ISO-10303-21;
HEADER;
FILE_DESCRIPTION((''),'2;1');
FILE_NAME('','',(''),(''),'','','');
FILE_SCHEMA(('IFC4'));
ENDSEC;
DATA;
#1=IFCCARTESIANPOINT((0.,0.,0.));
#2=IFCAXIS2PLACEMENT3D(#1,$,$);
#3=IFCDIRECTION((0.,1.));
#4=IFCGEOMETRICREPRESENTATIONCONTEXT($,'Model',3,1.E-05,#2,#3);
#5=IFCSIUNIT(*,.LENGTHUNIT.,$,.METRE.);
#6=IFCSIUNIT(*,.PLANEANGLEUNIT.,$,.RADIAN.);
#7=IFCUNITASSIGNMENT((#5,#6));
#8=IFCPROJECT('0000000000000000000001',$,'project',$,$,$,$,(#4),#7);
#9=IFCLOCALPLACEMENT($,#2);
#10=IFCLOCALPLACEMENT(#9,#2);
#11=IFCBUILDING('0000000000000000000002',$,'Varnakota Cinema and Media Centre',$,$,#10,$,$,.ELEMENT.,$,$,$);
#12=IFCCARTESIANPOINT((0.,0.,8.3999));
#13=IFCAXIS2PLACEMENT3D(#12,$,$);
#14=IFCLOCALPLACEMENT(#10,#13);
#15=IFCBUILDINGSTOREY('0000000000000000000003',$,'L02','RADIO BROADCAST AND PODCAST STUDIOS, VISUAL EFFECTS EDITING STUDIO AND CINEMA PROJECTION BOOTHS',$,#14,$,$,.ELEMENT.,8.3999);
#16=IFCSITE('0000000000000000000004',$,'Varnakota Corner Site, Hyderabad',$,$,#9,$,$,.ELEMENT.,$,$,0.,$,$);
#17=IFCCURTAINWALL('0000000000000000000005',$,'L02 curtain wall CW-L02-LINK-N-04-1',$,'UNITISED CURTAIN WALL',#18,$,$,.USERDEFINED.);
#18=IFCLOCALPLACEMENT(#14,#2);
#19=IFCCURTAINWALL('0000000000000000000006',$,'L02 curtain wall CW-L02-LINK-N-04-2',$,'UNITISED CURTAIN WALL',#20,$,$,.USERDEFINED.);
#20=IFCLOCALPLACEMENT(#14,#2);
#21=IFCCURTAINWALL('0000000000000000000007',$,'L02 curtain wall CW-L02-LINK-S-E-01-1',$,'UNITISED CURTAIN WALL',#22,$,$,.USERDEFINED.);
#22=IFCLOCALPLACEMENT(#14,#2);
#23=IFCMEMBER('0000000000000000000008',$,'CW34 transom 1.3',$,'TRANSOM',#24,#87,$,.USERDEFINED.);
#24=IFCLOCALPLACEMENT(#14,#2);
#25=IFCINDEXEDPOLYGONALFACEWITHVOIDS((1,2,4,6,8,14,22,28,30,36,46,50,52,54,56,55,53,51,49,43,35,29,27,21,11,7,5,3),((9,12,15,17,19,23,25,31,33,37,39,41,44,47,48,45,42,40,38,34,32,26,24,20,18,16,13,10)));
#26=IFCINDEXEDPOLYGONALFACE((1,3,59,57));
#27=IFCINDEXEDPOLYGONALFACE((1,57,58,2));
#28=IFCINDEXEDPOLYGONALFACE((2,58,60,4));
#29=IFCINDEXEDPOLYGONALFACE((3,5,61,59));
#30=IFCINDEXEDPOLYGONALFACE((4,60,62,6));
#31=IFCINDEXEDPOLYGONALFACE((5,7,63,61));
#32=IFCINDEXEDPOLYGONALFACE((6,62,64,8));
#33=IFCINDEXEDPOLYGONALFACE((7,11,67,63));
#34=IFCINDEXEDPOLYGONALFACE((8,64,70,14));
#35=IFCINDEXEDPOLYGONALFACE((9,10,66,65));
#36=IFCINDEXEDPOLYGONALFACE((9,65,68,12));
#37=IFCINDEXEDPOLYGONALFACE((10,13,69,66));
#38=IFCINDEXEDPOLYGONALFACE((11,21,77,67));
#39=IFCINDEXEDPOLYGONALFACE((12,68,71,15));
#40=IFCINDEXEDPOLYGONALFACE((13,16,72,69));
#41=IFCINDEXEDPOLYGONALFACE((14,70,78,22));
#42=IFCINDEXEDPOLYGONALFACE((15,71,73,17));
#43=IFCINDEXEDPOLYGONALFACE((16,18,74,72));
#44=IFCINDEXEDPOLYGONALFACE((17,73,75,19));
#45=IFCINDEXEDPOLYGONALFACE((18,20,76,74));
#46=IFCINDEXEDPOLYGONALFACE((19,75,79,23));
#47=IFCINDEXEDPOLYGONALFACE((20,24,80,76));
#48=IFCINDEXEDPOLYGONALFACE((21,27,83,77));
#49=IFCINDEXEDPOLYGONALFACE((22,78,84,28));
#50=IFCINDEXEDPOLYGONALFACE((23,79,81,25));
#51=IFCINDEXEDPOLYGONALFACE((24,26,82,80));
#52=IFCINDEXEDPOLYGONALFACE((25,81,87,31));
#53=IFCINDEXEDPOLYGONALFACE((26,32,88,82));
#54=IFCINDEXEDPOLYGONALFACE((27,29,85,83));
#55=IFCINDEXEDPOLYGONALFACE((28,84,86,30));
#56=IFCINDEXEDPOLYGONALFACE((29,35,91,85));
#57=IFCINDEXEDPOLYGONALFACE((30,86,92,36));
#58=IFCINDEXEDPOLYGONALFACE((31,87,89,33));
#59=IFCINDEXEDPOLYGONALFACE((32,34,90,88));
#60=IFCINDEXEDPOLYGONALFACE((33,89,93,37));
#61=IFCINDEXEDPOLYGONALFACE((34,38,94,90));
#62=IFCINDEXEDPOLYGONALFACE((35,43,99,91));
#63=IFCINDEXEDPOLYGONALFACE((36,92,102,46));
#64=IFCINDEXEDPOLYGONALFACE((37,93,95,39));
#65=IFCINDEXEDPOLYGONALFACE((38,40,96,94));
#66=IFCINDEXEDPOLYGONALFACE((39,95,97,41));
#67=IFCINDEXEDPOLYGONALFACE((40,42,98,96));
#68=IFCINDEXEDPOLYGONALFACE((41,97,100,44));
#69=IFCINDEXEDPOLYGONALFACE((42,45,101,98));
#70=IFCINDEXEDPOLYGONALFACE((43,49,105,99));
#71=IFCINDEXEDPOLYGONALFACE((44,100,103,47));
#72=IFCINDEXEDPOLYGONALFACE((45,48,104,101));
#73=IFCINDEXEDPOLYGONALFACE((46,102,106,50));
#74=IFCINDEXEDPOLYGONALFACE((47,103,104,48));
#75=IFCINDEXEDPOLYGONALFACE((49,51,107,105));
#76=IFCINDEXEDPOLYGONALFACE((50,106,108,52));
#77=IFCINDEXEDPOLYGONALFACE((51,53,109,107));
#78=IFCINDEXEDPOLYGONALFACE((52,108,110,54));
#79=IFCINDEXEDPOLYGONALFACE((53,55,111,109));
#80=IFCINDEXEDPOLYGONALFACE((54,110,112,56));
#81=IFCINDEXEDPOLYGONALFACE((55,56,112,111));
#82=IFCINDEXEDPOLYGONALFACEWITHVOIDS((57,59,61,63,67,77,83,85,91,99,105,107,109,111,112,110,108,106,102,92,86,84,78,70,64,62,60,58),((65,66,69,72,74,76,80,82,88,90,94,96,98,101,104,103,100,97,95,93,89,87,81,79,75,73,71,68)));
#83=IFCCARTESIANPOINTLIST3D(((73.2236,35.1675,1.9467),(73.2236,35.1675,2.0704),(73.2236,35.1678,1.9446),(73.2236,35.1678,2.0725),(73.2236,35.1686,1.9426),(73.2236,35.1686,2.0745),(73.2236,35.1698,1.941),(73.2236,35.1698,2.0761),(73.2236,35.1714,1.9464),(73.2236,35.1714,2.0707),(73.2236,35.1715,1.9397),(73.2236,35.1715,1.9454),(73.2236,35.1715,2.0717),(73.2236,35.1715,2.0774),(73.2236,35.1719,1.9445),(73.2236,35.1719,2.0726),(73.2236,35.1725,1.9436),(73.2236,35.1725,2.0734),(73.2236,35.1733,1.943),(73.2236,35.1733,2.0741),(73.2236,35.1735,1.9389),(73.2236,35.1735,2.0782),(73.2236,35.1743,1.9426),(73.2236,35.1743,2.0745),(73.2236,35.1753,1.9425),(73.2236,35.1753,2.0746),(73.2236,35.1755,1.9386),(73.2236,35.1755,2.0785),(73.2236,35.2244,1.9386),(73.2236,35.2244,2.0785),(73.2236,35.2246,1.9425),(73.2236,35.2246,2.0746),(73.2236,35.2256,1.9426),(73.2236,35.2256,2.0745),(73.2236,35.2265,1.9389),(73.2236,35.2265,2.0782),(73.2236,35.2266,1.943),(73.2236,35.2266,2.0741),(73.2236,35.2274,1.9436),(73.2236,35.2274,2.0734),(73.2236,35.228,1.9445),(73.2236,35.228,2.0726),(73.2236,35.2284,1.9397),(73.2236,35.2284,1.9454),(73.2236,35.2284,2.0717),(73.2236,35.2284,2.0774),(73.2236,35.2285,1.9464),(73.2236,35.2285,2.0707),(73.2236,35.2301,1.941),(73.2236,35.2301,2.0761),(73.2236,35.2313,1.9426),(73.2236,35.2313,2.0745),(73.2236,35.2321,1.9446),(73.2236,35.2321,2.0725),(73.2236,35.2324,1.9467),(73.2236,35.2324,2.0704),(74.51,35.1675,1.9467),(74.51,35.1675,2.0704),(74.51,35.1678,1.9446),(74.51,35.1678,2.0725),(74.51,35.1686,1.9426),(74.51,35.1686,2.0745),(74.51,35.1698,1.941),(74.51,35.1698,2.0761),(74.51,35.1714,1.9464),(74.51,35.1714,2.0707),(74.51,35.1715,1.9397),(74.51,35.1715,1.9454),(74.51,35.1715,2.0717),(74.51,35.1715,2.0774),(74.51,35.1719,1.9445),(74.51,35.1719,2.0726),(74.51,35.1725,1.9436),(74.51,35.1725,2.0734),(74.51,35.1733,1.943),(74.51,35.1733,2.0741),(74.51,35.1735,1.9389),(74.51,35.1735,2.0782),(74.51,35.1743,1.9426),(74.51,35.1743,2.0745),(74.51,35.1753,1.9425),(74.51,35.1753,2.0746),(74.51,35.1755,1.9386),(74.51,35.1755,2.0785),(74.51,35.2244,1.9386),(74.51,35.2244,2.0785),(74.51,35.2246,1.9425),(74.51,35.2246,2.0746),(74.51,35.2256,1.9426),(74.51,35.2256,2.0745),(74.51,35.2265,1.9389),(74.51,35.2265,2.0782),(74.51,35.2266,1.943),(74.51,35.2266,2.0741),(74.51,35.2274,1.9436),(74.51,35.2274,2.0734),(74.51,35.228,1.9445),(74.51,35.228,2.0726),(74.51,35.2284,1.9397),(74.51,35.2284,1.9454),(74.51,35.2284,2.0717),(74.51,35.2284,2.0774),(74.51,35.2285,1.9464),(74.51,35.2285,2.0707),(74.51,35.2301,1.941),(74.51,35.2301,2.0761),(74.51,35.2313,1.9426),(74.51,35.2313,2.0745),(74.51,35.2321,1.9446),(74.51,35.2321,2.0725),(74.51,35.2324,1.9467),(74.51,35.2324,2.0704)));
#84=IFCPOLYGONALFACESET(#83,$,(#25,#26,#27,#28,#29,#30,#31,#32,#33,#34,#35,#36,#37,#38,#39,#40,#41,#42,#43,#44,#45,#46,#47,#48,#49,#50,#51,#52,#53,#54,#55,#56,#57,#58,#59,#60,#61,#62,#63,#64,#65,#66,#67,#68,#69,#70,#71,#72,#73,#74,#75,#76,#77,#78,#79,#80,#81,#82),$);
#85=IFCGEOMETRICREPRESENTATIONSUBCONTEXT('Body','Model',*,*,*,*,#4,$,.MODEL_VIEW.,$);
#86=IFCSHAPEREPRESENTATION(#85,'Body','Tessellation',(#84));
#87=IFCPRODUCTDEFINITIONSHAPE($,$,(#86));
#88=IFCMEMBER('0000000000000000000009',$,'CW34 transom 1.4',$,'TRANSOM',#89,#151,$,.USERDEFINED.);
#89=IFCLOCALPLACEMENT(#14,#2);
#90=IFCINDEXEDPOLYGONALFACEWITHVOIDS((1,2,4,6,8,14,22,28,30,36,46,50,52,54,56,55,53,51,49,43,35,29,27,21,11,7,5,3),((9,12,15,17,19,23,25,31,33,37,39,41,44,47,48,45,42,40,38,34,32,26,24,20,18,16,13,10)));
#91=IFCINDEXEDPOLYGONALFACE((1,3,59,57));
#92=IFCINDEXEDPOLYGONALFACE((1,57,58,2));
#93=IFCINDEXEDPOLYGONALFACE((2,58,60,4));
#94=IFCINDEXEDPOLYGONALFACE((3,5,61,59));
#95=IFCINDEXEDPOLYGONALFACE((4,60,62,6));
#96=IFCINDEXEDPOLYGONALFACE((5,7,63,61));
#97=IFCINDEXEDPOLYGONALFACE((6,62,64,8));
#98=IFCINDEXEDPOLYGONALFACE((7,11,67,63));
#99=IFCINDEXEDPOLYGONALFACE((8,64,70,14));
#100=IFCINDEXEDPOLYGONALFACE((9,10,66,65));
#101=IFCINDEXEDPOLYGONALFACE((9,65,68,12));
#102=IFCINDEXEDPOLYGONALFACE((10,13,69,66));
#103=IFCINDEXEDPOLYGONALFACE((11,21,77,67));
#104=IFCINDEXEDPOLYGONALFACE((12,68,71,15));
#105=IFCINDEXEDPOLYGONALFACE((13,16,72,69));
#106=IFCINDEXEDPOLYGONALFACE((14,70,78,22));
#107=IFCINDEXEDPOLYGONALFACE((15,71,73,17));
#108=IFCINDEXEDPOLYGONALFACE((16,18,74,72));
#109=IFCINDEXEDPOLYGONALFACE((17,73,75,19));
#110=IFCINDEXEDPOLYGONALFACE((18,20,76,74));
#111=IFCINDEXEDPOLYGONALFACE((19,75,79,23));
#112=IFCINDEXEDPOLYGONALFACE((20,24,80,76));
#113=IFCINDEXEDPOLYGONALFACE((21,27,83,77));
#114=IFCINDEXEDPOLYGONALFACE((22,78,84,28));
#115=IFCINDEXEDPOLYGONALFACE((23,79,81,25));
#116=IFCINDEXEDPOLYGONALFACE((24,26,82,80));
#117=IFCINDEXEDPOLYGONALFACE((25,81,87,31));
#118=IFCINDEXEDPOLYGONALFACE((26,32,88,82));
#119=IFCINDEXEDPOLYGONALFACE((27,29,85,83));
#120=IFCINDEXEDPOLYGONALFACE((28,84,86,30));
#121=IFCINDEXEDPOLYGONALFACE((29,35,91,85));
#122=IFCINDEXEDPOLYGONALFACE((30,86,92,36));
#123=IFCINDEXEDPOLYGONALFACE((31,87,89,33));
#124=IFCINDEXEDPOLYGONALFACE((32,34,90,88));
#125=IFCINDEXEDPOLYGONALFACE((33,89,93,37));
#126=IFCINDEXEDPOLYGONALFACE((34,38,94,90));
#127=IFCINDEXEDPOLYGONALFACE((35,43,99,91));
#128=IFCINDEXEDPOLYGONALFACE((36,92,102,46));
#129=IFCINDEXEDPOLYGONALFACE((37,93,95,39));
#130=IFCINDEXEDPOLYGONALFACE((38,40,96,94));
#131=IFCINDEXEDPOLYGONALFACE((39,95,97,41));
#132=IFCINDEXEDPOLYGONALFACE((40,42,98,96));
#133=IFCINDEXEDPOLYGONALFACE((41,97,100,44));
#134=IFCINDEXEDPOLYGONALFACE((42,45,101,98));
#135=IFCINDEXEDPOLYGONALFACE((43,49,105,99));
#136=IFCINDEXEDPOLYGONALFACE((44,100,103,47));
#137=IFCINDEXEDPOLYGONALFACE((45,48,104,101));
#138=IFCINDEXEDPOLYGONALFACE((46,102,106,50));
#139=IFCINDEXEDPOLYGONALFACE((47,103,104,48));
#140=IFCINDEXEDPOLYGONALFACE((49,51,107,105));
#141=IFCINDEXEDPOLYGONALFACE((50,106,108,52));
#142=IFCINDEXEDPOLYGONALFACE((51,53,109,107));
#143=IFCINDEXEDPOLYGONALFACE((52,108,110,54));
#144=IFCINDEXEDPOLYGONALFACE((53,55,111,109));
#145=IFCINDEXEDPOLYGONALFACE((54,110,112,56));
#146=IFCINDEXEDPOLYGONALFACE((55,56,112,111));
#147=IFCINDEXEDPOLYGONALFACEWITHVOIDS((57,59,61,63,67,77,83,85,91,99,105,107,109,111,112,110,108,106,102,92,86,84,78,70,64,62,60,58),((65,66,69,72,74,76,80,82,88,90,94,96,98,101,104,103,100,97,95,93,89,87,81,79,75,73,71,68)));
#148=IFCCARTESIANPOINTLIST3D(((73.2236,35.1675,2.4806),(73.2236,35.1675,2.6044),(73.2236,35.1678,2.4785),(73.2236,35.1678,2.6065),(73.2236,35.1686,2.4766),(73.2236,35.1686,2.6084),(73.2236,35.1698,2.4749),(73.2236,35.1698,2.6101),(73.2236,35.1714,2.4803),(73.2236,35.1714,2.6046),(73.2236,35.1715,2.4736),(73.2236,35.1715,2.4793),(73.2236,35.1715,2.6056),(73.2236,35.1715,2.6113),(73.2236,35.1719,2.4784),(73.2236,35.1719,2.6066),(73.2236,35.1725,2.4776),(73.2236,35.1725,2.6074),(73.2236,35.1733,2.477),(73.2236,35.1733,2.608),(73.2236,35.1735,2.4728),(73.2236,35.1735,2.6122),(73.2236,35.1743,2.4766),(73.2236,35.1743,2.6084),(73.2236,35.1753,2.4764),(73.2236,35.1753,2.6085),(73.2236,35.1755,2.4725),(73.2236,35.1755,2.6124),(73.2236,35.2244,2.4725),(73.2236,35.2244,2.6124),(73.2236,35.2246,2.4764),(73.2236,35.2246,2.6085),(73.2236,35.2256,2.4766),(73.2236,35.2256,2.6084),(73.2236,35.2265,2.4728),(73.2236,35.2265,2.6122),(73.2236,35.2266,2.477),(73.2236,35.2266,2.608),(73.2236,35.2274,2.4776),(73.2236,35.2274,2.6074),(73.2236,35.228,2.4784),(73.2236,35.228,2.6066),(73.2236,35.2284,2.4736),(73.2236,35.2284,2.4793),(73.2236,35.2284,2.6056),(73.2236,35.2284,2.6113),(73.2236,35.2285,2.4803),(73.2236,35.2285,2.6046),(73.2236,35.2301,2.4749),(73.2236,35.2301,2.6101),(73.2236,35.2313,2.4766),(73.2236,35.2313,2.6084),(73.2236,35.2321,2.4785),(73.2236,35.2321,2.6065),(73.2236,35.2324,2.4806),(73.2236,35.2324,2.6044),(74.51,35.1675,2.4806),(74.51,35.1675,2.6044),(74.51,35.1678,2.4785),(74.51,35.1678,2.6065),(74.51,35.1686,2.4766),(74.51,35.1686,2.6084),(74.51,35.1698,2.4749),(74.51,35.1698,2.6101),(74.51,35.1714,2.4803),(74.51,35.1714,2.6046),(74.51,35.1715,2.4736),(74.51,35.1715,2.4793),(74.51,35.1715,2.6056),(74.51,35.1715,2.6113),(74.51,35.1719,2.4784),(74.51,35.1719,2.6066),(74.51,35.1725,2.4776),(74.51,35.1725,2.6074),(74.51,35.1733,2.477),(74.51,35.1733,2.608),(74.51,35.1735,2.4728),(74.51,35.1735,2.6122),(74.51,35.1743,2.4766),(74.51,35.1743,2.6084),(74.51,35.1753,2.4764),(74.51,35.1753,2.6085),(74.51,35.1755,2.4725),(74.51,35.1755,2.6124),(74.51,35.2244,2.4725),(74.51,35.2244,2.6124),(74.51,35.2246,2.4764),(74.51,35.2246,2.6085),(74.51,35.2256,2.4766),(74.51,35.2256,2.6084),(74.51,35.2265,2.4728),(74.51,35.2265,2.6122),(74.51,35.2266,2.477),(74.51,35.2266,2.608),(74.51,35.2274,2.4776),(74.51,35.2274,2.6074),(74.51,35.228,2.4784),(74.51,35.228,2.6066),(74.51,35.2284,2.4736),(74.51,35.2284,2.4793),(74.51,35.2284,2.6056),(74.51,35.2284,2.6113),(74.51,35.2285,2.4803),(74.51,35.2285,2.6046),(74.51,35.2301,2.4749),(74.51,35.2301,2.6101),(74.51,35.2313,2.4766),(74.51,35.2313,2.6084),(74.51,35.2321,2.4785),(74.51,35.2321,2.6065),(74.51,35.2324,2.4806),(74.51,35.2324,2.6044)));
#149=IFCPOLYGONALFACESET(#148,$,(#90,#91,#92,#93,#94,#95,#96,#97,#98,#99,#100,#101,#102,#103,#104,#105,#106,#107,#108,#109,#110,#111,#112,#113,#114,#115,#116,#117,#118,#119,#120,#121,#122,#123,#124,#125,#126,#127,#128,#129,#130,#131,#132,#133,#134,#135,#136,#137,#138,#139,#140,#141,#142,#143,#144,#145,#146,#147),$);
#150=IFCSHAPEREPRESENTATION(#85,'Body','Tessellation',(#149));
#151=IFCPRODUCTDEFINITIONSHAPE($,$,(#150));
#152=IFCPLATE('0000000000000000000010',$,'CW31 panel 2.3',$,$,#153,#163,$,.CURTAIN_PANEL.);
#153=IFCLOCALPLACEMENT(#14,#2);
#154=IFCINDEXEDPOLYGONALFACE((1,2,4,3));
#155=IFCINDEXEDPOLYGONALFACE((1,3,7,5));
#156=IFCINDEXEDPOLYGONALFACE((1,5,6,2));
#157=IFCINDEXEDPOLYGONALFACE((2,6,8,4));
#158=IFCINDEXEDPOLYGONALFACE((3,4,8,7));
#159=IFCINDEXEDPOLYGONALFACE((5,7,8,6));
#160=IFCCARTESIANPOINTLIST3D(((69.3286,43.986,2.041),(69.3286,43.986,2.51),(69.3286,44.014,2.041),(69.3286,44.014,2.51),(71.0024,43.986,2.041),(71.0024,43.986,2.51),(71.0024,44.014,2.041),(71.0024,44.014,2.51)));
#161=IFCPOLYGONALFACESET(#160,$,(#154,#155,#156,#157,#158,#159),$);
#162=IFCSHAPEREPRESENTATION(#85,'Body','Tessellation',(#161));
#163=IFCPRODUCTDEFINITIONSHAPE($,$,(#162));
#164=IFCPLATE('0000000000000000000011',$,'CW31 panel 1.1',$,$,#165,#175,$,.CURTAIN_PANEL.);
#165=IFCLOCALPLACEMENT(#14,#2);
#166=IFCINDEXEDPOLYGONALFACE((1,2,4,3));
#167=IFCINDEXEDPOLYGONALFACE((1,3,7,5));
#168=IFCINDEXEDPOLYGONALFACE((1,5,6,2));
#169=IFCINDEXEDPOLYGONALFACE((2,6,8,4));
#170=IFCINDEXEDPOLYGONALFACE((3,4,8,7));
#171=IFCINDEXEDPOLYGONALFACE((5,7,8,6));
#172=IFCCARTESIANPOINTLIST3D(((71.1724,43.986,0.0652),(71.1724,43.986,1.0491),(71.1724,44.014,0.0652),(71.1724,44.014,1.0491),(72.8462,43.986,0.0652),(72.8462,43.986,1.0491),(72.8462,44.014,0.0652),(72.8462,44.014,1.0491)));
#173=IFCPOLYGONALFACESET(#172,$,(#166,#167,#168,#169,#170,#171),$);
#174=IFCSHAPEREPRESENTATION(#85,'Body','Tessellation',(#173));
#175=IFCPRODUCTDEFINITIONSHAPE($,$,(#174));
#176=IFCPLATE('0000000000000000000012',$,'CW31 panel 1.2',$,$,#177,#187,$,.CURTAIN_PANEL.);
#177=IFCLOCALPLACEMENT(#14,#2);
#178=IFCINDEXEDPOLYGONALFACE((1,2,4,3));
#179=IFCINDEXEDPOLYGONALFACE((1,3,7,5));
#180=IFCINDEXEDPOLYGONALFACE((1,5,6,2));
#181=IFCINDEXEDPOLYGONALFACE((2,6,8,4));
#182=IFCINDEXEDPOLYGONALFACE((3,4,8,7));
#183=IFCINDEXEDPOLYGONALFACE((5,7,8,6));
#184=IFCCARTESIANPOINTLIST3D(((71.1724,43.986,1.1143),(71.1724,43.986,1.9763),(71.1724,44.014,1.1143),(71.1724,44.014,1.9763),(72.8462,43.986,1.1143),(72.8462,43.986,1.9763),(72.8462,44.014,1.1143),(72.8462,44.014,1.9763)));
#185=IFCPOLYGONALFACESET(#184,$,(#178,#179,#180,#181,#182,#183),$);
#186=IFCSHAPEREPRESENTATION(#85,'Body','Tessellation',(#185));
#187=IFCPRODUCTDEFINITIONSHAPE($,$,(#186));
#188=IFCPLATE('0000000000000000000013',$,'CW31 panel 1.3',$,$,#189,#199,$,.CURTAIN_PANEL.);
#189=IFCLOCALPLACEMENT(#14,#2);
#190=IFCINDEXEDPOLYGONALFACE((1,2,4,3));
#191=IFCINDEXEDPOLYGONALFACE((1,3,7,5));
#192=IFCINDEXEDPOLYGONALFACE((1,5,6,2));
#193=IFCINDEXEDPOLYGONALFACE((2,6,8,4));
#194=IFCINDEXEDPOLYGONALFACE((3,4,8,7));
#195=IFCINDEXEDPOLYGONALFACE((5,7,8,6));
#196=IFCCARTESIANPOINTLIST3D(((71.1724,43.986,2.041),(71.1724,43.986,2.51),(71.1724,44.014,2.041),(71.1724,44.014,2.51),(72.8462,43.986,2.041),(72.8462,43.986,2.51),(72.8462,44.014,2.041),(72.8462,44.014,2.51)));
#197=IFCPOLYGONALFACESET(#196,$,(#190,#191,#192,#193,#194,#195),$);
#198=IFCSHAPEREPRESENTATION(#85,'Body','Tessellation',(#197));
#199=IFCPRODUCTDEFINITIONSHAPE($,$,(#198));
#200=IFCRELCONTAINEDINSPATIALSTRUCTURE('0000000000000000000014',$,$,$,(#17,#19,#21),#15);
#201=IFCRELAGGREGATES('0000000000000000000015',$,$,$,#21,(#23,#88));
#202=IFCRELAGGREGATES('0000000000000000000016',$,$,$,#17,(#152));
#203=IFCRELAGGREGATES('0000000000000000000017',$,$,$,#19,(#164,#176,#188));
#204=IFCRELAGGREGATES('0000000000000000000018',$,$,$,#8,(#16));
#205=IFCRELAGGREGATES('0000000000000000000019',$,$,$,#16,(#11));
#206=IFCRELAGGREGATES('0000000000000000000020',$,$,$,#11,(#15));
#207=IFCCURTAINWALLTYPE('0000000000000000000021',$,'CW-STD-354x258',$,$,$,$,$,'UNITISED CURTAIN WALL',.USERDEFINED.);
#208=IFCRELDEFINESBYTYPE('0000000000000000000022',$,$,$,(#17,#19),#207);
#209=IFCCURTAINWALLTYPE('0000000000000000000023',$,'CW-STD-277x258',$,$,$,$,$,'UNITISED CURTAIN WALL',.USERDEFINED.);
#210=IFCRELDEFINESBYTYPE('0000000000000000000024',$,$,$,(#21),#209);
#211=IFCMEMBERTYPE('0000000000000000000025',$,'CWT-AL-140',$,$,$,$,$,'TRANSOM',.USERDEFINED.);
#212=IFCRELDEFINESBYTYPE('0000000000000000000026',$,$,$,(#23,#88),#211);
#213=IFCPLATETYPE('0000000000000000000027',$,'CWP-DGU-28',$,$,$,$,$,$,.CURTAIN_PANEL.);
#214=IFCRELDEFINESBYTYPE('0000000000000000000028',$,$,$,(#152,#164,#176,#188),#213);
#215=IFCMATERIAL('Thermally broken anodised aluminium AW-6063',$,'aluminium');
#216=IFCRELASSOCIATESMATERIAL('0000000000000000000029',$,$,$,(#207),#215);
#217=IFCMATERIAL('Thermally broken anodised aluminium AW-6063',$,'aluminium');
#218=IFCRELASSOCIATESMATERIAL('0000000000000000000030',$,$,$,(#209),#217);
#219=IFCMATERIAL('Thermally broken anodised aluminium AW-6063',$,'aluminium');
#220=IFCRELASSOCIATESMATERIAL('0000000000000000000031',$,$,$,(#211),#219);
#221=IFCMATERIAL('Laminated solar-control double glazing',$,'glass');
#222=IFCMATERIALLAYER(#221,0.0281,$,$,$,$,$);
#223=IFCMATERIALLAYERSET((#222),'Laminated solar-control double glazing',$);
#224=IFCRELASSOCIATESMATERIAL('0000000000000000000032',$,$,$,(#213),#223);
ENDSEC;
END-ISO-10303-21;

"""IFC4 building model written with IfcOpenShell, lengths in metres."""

from ifc_helpers import new_model, si_unit, direction, frame, origin, origin_2d, place, context, subcontext, project, spatial, rectangle, hollow_rectangle, extrude, material, layer, layer_set, material_profile, profile_set, type_object, element, aggregate, save


model = new_model("IFC4")

# Units and contexts
model_context = context("Model", 3, precision=1e-05, world=origin(), true_north=direction((0.0, 1.0)))
body_context = subcontext(model_context, "Body", "Model", "MODEL_VIEW")
ifc_project = project(units=[si_unit("LENGTHUNIT", "METRE"), si_unit("PLANEANGLEUNIT", "RADIAN")], contexts=[model_context])

# Site, building, storey
site_placement = place(None, origin())
site = spatial("IfcSite", under=ifc_project, at=site_placement, Name="Varnakota Corner Site, Hyderabad", CompositionType="ELEMENT", RefElevation=0.0)
building_placement = place(site_placement, origin())
building = spatial("IfcBuilding", under=site, at=building_placement, Name="Varnakota Cinema and Media Centre", CompositionType="ELEMENT")
storey_placement = place(building_placement, frame((0.0, 0.0, 8.3999)))
storey = spatial("IfcBuildingStorey", under=building, at=storey_placement, Name="L02", Description="RADIO BROADCAST AND PODCAST STUDIOS, VISUAL EFFECTS EDITING STUDIO AND CINEMA PROJECTION BOOTHS", CompositionType="ELEMENT", Elevation=8.3999)

# Curtain wall
ifc_material_1 = material(Name="Thermally broken anodised aluminium AW-6063", Category="aluminium")
curtain_wall_type_1 = type_object("IfcCurtainWallType", Name="CW-STD-354x258", ElementType="UNITISED CURTAIN WALL", PredefinedType="USERDEFINED", material=ifc_material_1)
curtain_wall_1_placement = place(storey_placement, origin())
curtain_wall_1 = element("IfcCurtainWall", 1, at=curtain_wall_1_placement, inside=storey, type_object=curtain_wall_type_1, Name="L02 curtain wall CW-L02-LINK-N-04-1", ObjectType="UNITISED CURTAIN WALL", PredefinedType="USERDEFINED")

# Curtain wall
curtain_wall_2_placement = place(storey_placement, origin())
curtain_wall_2 = element("IfcCurtainWall", 2, at=curtain_wall_2_placement, inside=storey, type_object=curtain_wall_type_1, Name="L02 curtain wall CW-L02-LINK-N-04-2", ObjectType="UNITISED CURTAIN WALL", PredefinedType="USERDEFINED")

# Curtain wall
ifc_material_2 = material(Name="Thermally broken anodised aluminium AW-6063", Category="aluminium")
curtain_wall_type_2 = type_object("IfcCurtainWallType", Name="CW-STD-277x258", ElementType="UNITISED CURTAIN WALL", PredefinedType="USERDEFINED", material=ifc_material_2)
curtain_wall_3_placement = place(storey_placement, origin())
curtain_wall_3 = element("IfcCurtainWall", 3, at=curtain_wall_3_placement, inside=storey, type_object=curtain_wall_type_2, Name="L02 curtain wall CW-L02-LINK-S-E-01-1", ObjectType="UNITISED CURTAIN WALL", PredefinedType="USERDEFINED")

# Members
ifc_material_3 = material(Name="Thermally broken anodised aluminium AW-6063", Category="aluminium")
ifc_material_profile_1 = material_profile(ifc_material_3, hollow_rectangle(XDim=0.0649, YDim=0.1399, WallThickness=0.0039, InnerFilletRadius=0.0039, OuterFilletRadius=0.0081, at=origin_2d()), Name="AL-TRANSOM 140x65x4")
ifc_profile_set_1 = profile_set([ifc_material_profile_1], Name="Thermally broken anodised aluminium AW-6063")
member_type_1 = type_object("IfcMemberType", Name="CWT-AL-140", ElementType="TRANSOM", PredefinedType="USERDEFINED", material=ifc_profile_set_1)
member_1_placement = place(storey_placement, frame((74.51, 35.2, 2.0085), z_axis=(-1.0, 0.0, 0.0), x_axis=(0.0, -1.0, 0.0)))
member_1 = element("IfcMember", 4, at=member_1_placement, type_object=member_type_1, Name="CW34 transom 1.3", ObjectType="TRANSOM", PredefinedType="USERDEFINED", context=body_context, shape_type="SweptSolid", body=[
    extrude(hollow_rectangle(XDim=0.0649, YDim=0.1399, WallThickness=0.0039, InnerFilletRadius=0.0039, OuterFilletRadius=0.0081, at=origin_2d()), origin(), (0.0, 0.0, 1.0), 1.2864),
])
member_2_placement = place(storey_placement, frame((74.51, 35.2, 2.5425), z_axis=(-1.0, 0.0, 0.0), x_axis=(0.0, -1.0, 0.0)))
member_2 = element("IfcMember", 5, at=member_2_placement, type_object=member_type_1, Name="CW34 transom 1.4", ObjectType="TRANSOM", PredefinedType="USERDEFINED", context=body_context, shape_type="SweptSolid", body=[
    extrude(hollow_rectangle(XDim=0.0649, YDim=0.1399, WallThickness=0.0039, InnerFilletRadius=0.0039, OuterFilletRadius=0.0081, at=origin_2d()), origin(), (0.0, 0.0, 1.0), 1.2864),
])
aggregate(curtain_wall_3, [member_1, member_2])

# Plates
ifc_material_4 = material(Name="Laminated solar-control double glazing", Category="glass")
ifc_layer = layer(ifc_material_4, 0.0281)
ifc_layer_set = layer_set([ifc_layer], Name="Laminated solar-control double glazing")
plate_type = type_object("IfcPlateType", Name="CWP-DGU-28", PredefinedType="CURTAIN_PANEL", material=ifc_layer_set)
plate_1_placement = place(storey_placement, frame((70.1655, 44.0, 2.041), z_axis=(0.0, 0.0, 1.0), x_axis=(1.0, 0.0, 0.0)))
plate_1 = element("IfcPlate", 6, at=plate_1_placement, type_object=plate_type, Name="CW31 panel 2.3", PredefinedType="CURTAIN_PANEL", context=body_context, shape_type="SweptSolid", body=[
    extrude(rectangle(XDim=1.6738, YDim=0.0281, at=origin_2d()), origin(), (0.0, 0.0, 1.0), 0.469),
])
aggregate(curtain_wall_1, [plate_1])
plate_2_placement = place(storey_placement, frame((72.0093, 44.0, 0.0652), z_axis=(0.0, 0.0, 1.0), x_axis=(1.0, 0.0, 0.0)))
plate_2 = element("IfcPlate", 7, at=plate_2_placement, type_object=plate_type, Name="CW31 panel 1.1", PredefinedType="CURTAIN_PANEL", context=body_context, shape_type="SweptSolid", body=[
    extrude(rectangle(XDim=1.6738, YDim=0.0281, at=origin_2d()), origin(), (0.0, 0.0, 1.0), 0.9839),
])
plate_3_placement = place(storey_placement, frame((72.0093, 44.0, 1.1143), z_axis=(0.0, 0.0, 1.0), x_axis=(1.0, 0.0, 0.0)))
plate_3 = element("IfcPlate", 8, at=plate_3_placement, type_object=plate_type, Name="CW31 panel 1.2", PredefinedType="CURTAIN_PANEL", context=body_context, shape_type="SweptSolid", body=[
    extrude(rectangle(XDim=1.6738, YDim=0.0281, at=origin_2d()), origin(), (0.0, 0.0, 1.0), 0.8621),
])
plate_4_placement = place(storey_placement, frame((72.0093, 44.0, 2.041), z_axis=(0.0, 0.0, 1.0), x_axis=(1.0, 0.0, 0.0)))
plate_4 = element("IfcPlate", 9, at=plate_4_placement, type_object=plate_type, Name="CW31 panel 1.3", PredefinedType="CURTAIN_PANEL", context=body_context, shape_type="SweptSolid", body=[
    extrude(rectangle(XDim=1.6738, YDim=0.0281, at=origin_2d()), origin(), (0.0, 0.0, 1.0), 0.469),
])
aggregate(curtain_wall_2, [plate_2, plate_3, plate_4])

save(model, "model.ifc")
